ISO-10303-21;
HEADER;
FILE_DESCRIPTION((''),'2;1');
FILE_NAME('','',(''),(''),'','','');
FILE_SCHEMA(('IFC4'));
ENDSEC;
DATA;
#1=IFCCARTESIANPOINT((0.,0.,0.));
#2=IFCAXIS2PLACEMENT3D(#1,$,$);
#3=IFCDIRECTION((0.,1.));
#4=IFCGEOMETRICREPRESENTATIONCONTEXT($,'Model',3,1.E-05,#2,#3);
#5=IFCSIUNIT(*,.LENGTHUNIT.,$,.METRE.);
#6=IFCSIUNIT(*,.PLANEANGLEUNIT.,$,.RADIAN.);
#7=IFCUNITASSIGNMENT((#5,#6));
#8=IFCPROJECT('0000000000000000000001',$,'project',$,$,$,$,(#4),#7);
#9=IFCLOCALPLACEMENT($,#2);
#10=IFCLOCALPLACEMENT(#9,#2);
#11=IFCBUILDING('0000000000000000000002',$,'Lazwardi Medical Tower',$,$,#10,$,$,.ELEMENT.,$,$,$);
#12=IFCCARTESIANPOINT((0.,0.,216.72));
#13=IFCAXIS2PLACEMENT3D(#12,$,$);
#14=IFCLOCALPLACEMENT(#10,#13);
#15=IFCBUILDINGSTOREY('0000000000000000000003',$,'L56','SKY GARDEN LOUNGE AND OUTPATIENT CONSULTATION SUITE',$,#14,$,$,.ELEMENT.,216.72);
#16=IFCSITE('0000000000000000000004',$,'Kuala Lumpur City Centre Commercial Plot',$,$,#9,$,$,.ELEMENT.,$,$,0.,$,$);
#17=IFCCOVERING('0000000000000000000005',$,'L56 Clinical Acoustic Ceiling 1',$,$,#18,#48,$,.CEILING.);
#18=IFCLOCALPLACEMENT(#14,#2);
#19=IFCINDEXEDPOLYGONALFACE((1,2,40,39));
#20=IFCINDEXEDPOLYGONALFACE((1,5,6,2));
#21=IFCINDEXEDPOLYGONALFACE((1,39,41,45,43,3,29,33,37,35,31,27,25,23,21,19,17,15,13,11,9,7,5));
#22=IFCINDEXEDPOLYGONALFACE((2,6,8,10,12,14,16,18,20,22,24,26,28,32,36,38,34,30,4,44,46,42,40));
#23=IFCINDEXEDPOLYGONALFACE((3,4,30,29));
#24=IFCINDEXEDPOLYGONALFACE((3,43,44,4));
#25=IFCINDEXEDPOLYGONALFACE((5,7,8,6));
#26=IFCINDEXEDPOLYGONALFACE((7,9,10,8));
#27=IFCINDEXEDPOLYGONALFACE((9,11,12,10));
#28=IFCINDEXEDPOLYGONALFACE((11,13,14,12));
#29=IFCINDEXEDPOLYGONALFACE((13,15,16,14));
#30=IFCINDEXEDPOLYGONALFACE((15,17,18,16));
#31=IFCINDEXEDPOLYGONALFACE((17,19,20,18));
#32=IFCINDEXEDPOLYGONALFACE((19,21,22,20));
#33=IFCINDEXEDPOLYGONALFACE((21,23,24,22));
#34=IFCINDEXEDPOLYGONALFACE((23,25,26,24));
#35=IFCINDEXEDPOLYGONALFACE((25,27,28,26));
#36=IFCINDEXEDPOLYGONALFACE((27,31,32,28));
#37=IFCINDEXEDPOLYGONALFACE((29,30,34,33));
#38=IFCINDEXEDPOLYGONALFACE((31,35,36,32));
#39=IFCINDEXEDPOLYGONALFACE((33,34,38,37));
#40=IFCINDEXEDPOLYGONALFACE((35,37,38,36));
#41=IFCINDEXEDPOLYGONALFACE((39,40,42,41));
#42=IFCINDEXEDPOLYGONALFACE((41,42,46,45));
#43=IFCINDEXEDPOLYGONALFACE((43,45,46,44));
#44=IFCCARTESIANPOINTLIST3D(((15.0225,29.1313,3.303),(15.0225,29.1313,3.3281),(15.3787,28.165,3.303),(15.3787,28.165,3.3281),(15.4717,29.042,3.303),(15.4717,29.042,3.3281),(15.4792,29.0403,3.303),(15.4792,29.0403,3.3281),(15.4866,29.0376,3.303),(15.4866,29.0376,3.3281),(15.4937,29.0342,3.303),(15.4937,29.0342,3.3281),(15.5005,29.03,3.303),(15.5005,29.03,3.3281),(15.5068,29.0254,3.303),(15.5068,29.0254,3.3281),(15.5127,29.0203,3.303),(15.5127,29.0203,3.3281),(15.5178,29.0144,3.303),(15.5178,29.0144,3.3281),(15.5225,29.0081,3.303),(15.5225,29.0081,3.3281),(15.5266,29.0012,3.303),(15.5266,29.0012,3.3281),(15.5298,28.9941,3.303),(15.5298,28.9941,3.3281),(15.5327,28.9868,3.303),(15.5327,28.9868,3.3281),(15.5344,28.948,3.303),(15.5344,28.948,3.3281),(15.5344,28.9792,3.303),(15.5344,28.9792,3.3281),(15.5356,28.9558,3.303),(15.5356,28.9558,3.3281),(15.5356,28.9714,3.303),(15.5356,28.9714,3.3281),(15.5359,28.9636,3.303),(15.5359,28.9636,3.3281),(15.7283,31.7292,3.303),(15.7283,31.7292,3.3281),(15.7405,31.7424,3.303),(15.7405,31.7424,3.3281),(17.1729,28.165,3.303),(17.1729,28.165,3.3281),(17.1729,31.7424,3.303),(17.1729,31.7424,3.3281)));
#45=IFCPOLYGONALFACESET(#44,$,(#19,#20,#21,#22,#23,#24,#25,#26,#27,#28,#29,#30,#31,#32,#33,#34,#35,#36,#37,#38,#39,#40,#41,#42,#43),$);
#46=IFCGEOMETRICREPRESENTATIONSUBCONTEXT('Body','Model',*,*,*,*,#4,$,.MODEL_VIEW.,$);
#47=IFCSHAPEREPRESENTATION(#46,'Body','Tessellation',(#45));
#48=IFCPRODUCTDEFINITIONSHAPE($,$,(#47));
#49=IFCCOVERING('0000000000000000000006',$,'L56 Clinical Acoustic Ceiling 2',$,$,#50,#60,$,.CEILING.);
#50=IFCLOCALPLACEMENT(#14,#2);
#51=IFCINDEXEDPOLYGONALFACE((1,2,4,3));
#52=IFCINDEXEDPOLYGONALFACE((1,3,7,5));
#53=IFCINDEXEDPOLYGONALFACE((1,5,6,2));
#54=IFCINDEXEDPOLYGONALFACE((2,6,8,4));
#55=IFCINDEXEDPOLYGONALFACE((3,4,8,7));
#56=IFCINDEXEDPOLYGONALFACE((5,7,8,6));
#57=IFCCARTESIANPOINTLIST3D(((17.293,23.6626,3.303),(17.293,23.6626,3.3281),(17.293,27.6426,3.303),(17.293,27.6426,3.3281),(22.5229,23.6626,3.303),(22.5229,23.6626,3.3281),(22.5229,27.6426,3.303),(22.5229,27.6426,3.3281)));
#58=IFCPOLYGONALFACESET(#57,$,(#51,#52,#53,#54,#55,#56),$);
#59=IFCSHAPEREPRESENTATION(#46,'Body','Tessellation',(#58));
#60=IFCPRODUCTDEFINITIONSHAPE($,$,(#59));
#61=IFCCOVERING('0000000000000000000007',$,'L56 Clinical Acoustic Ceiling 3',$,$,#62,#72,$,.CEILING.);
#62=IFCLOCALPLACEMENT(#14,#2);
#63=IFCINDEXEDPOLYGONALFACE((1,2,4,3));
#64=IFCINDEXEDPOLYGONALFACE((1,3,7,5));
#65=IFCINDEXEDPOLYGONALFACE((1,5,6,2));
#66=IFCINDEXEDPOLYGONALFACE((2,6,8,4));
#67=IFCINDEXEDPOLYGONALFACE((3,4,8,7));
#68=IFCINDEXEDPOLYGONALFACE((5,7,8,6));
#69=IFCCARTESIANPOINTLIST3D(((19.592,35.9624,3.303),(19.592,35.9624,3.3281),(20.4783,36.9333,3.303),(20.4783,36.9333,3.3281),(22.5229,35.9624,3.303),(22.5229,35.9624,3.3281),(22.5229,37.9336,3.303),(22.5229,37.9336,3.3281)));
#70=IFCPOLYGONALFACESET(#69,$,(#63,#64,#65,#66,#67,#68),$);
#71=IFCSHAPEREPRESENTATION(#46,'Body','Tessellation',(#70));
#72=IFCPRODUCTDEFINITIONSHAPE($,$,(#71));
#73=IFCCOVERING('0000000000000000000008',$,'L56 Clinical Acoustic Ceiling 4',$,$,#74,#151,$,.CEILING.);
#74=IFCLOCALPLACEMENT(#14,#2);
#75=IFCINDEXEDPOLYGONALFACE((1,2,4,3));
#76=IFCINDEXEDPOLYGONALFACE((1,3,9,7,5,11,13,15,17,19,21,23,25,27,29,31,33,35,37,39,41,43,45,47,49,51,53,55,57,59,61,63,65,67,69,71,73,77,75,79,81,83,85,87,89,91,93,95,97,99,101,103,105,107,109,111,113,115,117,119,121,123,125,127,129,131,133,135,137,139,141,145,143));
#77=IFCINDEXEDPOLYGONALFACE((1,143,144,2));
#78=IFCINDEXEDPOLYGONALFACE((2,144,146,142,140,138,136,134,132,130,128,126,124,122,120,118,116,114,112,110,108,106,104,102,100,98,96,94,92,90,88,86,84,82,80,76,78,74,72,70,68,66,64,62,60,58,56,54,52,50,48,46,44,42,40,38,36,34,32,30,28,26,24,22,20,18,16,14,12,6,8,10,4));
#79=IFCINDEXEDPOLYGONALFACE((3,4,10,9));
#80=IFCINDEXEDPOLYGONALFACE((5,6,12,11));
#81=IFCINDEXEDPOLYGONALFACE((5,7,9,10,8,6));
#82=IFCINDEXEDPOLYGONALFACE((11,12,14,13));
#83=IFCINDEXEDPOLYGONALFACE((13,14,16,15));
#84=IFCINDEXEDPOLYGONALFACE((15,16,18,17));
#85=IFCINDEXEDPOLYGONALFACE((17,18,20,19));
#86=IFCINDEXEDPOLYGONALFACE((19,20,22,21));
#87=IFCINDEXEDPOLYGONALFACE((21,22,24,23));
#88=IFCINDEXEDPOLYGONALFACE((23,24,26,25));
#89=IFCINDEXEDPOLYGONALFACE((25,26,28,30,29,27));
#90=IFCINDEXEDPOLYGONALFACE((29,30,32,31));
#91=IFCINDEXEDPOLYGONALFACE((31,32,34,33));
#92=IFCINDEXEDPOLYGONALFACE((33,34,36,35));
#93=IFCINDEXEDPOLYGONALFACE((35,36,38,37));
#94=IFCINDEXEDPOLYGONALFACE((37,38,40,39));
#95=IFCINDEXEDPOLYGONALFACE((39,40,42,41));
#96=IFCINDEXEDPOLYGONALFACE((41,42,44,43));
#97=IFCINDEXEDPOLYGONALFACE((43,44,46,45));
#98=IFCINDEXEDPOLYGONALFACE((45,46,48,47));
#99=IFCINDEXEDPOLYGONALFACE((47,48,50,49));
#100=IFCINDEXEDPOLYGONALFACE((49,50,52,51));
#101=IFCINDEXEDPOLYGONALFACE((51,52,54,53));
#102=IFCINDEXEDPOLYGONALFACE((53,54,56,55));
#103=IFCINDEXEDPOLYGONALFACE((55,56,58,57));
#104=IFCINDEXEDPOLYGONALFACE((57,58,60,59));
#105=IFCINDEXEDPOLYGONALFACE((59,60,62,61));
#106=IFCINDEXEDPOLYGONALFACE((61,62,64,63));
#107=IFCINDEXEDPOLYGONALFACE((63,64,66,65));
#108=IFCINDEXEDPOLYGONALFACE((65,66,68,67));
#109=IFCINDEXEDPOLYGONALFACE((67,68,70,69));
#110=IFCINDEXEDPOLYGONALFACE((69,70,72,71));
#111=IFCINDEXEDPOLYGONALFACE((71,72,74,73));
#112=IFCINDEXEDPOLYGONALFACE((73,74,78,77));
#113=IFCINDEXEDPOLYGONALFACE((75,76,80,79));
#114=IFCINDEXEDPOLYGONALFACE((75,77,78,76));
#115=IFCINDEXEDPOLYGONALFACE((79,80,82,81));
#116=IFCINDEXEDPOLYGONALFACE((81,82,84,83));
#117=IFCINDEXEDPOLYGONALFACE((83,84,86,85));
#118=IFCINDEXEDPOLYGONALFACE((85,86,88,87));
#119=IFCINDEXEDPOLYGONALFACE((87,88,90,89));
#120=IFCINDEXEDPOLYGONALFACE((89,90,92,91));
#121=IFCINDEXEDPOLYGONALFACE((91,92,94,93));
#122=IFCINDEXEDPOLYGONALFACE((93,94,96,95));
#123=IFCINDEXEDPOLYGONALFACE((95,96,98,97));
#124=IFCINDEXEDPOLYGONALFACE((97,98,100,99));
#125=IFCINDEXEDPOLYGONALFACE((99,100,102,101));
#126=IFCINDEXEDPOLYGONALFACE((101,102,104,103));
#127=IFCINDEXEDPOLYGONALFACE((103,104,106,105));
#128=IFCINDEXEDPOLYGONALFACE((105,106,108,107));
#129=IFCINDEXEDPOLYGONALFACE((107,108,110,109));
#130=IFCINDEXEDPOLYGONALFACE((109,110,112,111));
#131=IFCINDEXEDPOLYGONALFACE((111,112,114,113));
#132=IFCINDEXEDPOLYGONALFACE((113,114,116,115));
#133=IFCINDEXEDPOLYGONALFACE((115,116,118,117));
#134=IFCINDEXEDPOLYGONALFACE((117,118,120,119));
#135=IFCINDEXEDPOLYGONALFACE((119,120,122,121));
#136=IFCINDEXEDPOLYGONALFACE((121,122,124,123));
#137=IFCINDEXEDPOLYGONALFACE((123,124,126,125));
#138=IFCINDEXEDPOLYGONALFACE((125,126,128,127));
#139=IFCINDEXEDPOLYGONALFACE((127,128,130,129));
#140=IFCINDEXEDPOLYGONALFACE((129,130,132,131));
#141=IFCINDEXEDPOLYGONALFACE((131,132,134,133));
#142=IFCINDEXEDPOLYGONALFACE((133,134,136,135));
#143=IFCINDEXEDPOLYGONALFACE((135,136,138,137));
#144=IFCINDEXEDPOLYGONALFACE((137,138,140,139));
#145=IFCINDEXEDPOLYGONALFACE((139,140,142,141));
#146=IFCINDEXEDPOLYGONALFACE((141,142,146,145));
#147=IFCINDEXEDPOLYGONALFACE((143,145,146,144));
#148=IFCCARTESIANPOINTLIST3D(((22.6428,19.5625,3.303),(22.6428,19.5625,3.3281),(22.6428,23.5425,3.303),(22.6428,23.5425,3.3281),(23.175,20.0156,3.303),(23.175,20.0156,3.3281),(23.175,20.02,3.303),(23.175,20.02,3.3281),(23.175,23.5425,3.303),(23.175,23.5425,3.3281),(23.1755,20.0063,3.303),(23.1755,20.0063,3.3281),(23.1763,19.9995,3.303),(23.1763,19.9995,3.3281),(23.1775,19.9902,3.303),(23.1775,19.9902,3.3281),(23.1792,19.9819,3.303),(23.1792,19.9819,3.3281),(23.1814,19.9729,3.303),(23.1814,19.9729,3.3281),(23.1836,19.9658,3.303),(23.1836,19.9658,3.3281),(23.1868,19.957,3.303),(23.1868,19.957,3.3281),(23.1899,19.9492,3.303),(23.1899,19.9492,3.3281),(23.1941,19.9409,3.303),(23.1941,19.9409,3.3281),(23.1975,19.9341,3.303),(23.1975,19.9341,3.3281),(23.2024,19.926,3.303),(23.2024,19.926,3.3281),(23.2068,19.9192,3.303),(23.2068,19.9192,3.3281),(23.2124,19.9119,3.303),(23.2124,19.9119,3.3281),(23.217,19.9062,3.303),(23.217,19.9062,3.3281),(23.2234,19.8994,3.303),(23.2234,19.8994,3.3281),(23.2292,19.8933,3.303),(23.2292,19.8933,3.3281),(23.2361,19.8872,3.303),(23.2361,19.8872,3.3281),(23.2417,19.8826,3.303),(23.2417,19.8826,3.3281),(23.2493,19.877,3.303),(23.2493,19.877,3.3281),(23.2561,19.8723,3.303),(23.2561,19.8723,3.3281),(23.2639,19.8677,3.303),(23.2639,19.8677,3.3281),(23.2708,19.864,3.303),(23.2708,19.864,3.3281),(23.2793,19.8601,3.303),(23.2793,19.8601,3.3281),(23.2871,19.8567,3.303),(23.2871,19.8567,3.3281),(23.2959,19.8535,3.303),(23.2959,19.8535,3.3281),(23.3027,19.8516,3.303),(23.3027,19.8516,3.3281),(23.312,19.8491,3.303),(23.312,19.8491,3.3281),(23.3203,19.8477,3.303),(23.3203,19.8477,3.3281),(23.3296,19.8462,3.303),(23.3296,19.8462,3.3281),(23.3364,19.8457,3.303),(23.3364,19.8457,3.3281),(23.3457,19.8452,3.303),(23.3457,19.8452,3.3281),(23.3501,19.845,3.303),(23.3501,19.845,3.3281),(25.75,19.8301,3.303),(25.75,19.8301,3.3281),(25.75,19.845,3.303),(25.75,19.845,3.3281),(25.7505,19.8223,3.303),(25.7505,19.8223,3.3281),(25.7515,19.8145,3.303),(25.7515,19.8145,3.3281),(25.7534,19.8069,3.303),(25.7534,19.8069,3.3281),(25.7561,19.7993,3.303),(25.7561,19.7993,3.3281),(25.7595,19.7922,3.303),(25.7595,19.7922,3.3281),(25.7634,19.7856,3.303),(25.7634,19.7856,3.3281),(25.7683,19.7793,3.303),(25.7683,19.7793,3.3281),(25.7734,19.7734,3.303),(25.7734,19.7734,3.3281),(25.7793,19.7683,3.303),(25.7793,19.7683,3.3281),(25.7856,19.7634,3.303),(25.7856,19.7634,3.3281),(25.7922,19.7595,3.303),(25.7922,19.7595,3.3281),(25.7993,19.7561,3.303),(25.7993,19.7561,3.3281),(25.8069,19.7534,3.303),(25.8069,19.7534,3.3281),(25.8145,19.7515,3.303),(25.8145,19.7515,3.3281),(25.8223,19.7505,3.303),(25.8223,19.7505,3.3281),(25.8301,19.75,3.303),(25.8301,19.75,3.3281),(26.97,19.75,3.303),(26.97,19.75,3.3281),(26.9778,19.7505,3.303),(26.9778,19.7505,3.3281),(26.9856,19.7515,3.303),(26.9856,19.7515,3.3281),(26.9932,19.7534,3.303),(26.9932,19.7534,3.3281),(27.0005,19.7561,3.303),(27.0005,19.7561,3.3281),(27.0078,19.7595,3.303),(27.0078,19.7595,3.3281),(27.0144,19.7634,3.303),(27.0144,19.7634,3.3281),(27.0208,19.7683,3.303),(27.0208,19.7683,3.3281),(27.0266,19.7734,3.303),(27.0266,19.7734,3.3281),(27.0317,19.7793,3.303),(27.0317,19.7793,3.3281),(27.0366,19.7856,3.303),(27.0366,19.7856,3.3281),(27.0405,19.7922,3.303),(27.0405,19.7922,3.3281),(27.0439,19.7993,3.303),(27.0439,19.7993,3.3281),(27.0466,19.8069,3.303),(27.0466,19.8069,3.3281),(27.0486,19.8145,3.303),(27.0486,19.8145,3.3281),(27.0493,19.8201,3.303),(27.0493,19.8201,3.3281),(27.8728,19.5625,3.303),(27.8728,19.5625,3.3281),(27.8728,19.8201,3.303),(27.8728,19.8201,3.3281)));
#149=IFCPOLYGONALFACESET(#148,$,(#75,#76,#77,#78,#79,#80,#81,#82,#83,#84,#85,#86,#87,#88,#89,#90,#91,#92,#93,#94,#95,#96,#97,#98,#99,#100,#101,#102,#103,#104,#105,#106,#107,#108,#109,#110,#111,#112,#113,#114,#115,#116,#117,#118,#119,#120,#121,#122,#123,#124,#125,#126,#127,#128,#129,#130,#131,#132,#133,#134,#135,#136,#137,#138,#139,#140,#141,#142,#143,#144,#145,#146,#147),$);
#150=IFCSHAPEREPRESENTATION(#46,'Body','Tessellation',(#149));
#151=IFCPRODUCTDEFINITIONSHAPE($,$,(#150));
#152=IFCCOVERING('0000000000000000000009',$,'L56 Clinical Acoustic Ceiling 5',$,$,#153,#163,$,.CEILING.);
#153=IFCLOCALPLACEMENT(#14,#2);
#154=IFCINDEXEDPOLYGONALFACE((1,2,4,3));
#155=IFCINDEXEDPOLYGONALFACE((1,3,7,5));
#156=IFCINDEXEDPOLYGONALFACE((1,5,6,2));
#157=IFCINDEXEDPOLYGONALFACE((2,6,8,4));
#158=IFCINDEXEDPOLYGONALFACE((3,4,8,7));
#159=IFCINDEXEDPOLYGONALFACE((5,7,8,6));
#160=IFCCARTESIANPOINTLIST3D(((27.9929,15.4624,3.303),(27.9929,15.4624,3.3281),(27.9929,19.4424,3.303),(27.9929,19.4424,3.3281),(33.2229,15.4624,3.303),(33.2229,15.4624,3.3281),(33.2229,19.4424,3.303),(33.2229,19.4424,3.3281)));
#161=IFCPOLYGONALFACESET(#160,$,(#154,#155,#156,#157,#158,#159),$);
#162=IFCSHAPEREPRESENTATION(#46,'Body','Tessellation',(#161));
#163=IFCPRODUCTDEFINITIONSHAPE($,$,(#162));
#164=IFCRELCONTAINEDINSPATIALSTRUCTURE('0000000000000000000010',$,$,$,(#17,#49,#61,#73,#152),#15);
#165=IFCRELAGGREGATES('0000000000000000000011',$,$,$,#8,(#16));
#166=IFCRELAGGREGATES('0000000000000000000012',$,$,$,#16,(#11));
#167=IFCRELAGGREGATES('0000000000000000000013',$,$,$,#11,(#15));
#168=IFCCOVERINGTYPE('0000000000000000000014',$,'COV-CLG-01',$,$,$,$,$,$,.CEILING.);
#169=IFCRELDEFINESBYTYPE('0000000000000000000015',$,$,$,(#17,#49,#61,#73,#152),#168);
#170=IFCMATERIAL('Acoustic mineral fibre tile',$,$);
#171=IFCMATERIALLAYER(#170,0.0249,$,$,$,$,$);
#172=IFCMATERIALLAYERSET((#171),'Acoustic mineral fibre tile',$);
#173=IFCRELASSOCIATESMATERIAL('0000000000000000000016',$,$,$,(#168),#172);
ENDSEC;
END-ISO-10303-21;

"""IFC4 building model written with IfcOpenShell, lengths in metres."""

from ifc_helpers import new_model, si_unit, direction, frame, origin, place, context, subcontext, project, spatial, polyline, outline, extrude, material, layer, layer_set, type_object, element, save


model = new_model("IFC4")

# Units and contexts
model_context = context("Model", 3, precision=1e-05, world=origin(), true_north=direction((0.0, 1.0)))
body_context = subcontext(model_context, "Body", "Model", "MODEL_VIEW")
ifc_project = project(units=[si_unit("LENGTHUNIT", "METRE"), si_unit("PLANEANGLEUNIT", "RADIAN")], contexts=[model_context])

# Site, building, storey
site_placement = place(None, origin())
site = spatial("IfcSite", under=ifc_project, at=site_placement, Name="Kuala Lumpur City Centre Commercial Plot", CompositionType="ELEMENT", RefElevation=0.0)
building_placement = place(site_placement, origin())
building = spatial("IfcBuilding", under=site, at=building_placement, Name="Lazwardi Medical Tower", CompositionType="ELEMENT")
storey_placement = place(building_placement, frame((0.0, 0.0, 216.72)))
storey = spatial("IfcBuildingStorey", under=building, at=storey_placement, Name="L56", Description="SKY GARDEN LOUNGE AND OUTPATIENT CONSULTATION SUITE", CompositionType="ELEMENT", Elevation=216.72)

# Coverings
ifc_material_1 = material(Name="Acoustic mineral fibre tile")
ifc_layer_1 = layer(ifc_material_1, 0.0249)
ifc_layer_set_1 = layer_set([ifc_layer_1], Name="Acoustic mineral fibre tile")
covering_type_1 = type_object("IfcCoveringType", Name="COV-CLG-01", PredefinedType="CEILING", material=ifc_layer_set_1)
covering_1_placement = place(storey_placement, frame((0.0, 0.0, 3.303)))
element("IfcCovering", 1, at=covering_1_placement, inside=storey, type_object=covering_type_1, Name="L56 Clinical Acoustic Ceiling 1", PredefinedType="CEILING", context=body_context, shape_type="SweptSolid", body=[
    extrude(outline(polyline([(15.7405, 31.7424), (15.7283, 31.7292), (15.0225, 29.1313), (15.4717, 29.042), (15.4792, 29.0403), (15.4866, 29.0376), (15.4937, 29.0342), (15.5005, 29.03), (15.5068, 29.0254), (15.5127, 29.0203), (15.5178, 29.0144), (15.5225, 29.0081), (15.5266, 29.0012), (15.5298, 28.9941), (15.5327, 28.9868), (15.5344, 28.9792), (15.5356, 28.9714), (15.5359, 28.9636), (15.5356, 28.9558), (15.5344, 28.948), (15.3787, 28.165), (17.1729, 28.165), (17.1729, 31.7424), (15.7405, 31.7424)])), origin(), (0.0, 0.0, 1.0), 0.0251),
])
covering_2_placement = place(storey_placement, frame((0.0, 0.0, 3.303)))
element("IfcCovering", 2, at=covering_2_placement, inside=storey, type_object=covering_type_1, Name="L56 Clinical Acoustic Ceiling 2", PredefinedType="CEILING", context=body_context, shape_type="SweptSolid", body=[
    extrude(outline(polyline([(22.5229, 23.6626), (22.5229, 27.6426), (17.293, 27.6426), (17.293, 23.6626), (22.5229, 23.6626)])), origin(), (0.0, 0.0, 1.0), 0.0251),
])
covering_3_placement = place(storey_placement, frame((0.0, 0.0, 3.303)))
element("IfcCovering", 3, at=covering_3_placement, inside=storey, type_object=covering_type_1, Name="L56 Clinical Acoustic Ceiling 3", PredefinedType="CEILING", context=body_context, shape_type="SweptSolid", body=[
    extrude(outline(polyline([(22.5229, 37.9336), (20.4783, 36.9333), (19.592, 35.9624), (22.5229, 35.9624), (22.5229, 37.9336)])), origin(), (0.0, 0.0, 1.0), 0.0251),
])
covering_4_placement = place(storey_placement, frame((0.0, 0.0, 3.303)))
element("IfcCovering", 4, at=covering_4_placement, inside=storey, type_object=covering_type_1, Name="L56 Clinical Acoustic Ceiling 4", PredefinedType="CEILING", context=body_context, shape_type="SweptSolid", body=[
    extrude(outline(polyline([(27.8728, 19.8201), (27.0493, 19.8201), (27.0486, 19.8145), (27.0466, 19.8069), (27.0439, 19.7993), (27.0405, 19.7922), (27.0366, 19.7856), (27.0317, 19.7793), (27.0266, 19.7734), (27.0208, 19.7683), (27.0144, 19.7634), (27.0078, 19.7595), (27.0005, 19.7561), (26.9932, 19.7534), (26.9856, 19.7515), (26.9778, 19.7505), (26.97, 19.75), (25.8301, 19.75), (25.8223, 19.7505), (25.8145, 19.7515), (25.8069, 19.7534), (25.7993, 19.7561), (25.7922, 19.7595), (25.7856, 19.7634), (25.7793, 19.7683), (25.7734, 19.7734), (25.7683, 19.7793), (25.7634, 19.7856), (25.7595, 19.7922), (25.7561, 19.7993), (25.7534, 19.8069), (25.7515, 19.8145), (25.7505, 19.8223), (25.75, 19.8301), (25.75, 19.845), (23.3501, 19.845), (23.3457, 19.8452), (23.3364, 19.8457), (23.3296, 19.8462), (23.3203, 19.8477), (23.312, 19.8491), (23.3027, 19.8516), (23.2959, 19.8535), (23.2871, 19.8567), (23.2793, 19.8601), (23.2708, 19.864), (23.2639, 19.8677), (23.2561, 19.8723), (23.2493, 19.877), (23.2417, 19.8826), (23.2361, 19.8872), (23.2292, 19.8933), (23.2234, 19.8994), (23.217, 19.9062), (23.2124, 19.9119), (23.2068, 19.9192), (23.2024, 19.926), (23.1975, 19.9341), (23.1941, 19.9409), (23.1899, 19.9492), (23.1868, 19.957), (23.1836, 19.9658), (23.1814, 19.9729), (23.1792, 19.9819), (23.1775, 19.9902), (23.1763, 19.9995), (23.1755, 20.0063), (23.175, 20.0156), (23.175, 20.02), (23.175, 23.5425), (22.6428, 23.5425), (22.6428, 19.5625), (27.8728, 19.5625), (27.8728, 19.8201)])), origin(), (0.0, 0.0, 1.0), 0.0251),
])
covering_5_placement = place(storey_placement, frame((0.0, 0.0, 3.303)))
element("IfcCovering", 5, at=covering_5_placement, inside=storey, type_object=covering_type_1, Name="L56 Clinical Acoustic Ceiling 5", PredefinedType="CEILING", context=body_context, shape_type="SweptSolid", body=[
    extrude(outline(polyline([(33.2229, 15.4624), (33.2229, 19.4424), (27.9929, 19.4424), (27.9929, 15.4624), (33.2229, 15.4624)])), origin(), (0.0, 0.0, 1.0), 0.0251),
])

save(model, "model.ifc")
